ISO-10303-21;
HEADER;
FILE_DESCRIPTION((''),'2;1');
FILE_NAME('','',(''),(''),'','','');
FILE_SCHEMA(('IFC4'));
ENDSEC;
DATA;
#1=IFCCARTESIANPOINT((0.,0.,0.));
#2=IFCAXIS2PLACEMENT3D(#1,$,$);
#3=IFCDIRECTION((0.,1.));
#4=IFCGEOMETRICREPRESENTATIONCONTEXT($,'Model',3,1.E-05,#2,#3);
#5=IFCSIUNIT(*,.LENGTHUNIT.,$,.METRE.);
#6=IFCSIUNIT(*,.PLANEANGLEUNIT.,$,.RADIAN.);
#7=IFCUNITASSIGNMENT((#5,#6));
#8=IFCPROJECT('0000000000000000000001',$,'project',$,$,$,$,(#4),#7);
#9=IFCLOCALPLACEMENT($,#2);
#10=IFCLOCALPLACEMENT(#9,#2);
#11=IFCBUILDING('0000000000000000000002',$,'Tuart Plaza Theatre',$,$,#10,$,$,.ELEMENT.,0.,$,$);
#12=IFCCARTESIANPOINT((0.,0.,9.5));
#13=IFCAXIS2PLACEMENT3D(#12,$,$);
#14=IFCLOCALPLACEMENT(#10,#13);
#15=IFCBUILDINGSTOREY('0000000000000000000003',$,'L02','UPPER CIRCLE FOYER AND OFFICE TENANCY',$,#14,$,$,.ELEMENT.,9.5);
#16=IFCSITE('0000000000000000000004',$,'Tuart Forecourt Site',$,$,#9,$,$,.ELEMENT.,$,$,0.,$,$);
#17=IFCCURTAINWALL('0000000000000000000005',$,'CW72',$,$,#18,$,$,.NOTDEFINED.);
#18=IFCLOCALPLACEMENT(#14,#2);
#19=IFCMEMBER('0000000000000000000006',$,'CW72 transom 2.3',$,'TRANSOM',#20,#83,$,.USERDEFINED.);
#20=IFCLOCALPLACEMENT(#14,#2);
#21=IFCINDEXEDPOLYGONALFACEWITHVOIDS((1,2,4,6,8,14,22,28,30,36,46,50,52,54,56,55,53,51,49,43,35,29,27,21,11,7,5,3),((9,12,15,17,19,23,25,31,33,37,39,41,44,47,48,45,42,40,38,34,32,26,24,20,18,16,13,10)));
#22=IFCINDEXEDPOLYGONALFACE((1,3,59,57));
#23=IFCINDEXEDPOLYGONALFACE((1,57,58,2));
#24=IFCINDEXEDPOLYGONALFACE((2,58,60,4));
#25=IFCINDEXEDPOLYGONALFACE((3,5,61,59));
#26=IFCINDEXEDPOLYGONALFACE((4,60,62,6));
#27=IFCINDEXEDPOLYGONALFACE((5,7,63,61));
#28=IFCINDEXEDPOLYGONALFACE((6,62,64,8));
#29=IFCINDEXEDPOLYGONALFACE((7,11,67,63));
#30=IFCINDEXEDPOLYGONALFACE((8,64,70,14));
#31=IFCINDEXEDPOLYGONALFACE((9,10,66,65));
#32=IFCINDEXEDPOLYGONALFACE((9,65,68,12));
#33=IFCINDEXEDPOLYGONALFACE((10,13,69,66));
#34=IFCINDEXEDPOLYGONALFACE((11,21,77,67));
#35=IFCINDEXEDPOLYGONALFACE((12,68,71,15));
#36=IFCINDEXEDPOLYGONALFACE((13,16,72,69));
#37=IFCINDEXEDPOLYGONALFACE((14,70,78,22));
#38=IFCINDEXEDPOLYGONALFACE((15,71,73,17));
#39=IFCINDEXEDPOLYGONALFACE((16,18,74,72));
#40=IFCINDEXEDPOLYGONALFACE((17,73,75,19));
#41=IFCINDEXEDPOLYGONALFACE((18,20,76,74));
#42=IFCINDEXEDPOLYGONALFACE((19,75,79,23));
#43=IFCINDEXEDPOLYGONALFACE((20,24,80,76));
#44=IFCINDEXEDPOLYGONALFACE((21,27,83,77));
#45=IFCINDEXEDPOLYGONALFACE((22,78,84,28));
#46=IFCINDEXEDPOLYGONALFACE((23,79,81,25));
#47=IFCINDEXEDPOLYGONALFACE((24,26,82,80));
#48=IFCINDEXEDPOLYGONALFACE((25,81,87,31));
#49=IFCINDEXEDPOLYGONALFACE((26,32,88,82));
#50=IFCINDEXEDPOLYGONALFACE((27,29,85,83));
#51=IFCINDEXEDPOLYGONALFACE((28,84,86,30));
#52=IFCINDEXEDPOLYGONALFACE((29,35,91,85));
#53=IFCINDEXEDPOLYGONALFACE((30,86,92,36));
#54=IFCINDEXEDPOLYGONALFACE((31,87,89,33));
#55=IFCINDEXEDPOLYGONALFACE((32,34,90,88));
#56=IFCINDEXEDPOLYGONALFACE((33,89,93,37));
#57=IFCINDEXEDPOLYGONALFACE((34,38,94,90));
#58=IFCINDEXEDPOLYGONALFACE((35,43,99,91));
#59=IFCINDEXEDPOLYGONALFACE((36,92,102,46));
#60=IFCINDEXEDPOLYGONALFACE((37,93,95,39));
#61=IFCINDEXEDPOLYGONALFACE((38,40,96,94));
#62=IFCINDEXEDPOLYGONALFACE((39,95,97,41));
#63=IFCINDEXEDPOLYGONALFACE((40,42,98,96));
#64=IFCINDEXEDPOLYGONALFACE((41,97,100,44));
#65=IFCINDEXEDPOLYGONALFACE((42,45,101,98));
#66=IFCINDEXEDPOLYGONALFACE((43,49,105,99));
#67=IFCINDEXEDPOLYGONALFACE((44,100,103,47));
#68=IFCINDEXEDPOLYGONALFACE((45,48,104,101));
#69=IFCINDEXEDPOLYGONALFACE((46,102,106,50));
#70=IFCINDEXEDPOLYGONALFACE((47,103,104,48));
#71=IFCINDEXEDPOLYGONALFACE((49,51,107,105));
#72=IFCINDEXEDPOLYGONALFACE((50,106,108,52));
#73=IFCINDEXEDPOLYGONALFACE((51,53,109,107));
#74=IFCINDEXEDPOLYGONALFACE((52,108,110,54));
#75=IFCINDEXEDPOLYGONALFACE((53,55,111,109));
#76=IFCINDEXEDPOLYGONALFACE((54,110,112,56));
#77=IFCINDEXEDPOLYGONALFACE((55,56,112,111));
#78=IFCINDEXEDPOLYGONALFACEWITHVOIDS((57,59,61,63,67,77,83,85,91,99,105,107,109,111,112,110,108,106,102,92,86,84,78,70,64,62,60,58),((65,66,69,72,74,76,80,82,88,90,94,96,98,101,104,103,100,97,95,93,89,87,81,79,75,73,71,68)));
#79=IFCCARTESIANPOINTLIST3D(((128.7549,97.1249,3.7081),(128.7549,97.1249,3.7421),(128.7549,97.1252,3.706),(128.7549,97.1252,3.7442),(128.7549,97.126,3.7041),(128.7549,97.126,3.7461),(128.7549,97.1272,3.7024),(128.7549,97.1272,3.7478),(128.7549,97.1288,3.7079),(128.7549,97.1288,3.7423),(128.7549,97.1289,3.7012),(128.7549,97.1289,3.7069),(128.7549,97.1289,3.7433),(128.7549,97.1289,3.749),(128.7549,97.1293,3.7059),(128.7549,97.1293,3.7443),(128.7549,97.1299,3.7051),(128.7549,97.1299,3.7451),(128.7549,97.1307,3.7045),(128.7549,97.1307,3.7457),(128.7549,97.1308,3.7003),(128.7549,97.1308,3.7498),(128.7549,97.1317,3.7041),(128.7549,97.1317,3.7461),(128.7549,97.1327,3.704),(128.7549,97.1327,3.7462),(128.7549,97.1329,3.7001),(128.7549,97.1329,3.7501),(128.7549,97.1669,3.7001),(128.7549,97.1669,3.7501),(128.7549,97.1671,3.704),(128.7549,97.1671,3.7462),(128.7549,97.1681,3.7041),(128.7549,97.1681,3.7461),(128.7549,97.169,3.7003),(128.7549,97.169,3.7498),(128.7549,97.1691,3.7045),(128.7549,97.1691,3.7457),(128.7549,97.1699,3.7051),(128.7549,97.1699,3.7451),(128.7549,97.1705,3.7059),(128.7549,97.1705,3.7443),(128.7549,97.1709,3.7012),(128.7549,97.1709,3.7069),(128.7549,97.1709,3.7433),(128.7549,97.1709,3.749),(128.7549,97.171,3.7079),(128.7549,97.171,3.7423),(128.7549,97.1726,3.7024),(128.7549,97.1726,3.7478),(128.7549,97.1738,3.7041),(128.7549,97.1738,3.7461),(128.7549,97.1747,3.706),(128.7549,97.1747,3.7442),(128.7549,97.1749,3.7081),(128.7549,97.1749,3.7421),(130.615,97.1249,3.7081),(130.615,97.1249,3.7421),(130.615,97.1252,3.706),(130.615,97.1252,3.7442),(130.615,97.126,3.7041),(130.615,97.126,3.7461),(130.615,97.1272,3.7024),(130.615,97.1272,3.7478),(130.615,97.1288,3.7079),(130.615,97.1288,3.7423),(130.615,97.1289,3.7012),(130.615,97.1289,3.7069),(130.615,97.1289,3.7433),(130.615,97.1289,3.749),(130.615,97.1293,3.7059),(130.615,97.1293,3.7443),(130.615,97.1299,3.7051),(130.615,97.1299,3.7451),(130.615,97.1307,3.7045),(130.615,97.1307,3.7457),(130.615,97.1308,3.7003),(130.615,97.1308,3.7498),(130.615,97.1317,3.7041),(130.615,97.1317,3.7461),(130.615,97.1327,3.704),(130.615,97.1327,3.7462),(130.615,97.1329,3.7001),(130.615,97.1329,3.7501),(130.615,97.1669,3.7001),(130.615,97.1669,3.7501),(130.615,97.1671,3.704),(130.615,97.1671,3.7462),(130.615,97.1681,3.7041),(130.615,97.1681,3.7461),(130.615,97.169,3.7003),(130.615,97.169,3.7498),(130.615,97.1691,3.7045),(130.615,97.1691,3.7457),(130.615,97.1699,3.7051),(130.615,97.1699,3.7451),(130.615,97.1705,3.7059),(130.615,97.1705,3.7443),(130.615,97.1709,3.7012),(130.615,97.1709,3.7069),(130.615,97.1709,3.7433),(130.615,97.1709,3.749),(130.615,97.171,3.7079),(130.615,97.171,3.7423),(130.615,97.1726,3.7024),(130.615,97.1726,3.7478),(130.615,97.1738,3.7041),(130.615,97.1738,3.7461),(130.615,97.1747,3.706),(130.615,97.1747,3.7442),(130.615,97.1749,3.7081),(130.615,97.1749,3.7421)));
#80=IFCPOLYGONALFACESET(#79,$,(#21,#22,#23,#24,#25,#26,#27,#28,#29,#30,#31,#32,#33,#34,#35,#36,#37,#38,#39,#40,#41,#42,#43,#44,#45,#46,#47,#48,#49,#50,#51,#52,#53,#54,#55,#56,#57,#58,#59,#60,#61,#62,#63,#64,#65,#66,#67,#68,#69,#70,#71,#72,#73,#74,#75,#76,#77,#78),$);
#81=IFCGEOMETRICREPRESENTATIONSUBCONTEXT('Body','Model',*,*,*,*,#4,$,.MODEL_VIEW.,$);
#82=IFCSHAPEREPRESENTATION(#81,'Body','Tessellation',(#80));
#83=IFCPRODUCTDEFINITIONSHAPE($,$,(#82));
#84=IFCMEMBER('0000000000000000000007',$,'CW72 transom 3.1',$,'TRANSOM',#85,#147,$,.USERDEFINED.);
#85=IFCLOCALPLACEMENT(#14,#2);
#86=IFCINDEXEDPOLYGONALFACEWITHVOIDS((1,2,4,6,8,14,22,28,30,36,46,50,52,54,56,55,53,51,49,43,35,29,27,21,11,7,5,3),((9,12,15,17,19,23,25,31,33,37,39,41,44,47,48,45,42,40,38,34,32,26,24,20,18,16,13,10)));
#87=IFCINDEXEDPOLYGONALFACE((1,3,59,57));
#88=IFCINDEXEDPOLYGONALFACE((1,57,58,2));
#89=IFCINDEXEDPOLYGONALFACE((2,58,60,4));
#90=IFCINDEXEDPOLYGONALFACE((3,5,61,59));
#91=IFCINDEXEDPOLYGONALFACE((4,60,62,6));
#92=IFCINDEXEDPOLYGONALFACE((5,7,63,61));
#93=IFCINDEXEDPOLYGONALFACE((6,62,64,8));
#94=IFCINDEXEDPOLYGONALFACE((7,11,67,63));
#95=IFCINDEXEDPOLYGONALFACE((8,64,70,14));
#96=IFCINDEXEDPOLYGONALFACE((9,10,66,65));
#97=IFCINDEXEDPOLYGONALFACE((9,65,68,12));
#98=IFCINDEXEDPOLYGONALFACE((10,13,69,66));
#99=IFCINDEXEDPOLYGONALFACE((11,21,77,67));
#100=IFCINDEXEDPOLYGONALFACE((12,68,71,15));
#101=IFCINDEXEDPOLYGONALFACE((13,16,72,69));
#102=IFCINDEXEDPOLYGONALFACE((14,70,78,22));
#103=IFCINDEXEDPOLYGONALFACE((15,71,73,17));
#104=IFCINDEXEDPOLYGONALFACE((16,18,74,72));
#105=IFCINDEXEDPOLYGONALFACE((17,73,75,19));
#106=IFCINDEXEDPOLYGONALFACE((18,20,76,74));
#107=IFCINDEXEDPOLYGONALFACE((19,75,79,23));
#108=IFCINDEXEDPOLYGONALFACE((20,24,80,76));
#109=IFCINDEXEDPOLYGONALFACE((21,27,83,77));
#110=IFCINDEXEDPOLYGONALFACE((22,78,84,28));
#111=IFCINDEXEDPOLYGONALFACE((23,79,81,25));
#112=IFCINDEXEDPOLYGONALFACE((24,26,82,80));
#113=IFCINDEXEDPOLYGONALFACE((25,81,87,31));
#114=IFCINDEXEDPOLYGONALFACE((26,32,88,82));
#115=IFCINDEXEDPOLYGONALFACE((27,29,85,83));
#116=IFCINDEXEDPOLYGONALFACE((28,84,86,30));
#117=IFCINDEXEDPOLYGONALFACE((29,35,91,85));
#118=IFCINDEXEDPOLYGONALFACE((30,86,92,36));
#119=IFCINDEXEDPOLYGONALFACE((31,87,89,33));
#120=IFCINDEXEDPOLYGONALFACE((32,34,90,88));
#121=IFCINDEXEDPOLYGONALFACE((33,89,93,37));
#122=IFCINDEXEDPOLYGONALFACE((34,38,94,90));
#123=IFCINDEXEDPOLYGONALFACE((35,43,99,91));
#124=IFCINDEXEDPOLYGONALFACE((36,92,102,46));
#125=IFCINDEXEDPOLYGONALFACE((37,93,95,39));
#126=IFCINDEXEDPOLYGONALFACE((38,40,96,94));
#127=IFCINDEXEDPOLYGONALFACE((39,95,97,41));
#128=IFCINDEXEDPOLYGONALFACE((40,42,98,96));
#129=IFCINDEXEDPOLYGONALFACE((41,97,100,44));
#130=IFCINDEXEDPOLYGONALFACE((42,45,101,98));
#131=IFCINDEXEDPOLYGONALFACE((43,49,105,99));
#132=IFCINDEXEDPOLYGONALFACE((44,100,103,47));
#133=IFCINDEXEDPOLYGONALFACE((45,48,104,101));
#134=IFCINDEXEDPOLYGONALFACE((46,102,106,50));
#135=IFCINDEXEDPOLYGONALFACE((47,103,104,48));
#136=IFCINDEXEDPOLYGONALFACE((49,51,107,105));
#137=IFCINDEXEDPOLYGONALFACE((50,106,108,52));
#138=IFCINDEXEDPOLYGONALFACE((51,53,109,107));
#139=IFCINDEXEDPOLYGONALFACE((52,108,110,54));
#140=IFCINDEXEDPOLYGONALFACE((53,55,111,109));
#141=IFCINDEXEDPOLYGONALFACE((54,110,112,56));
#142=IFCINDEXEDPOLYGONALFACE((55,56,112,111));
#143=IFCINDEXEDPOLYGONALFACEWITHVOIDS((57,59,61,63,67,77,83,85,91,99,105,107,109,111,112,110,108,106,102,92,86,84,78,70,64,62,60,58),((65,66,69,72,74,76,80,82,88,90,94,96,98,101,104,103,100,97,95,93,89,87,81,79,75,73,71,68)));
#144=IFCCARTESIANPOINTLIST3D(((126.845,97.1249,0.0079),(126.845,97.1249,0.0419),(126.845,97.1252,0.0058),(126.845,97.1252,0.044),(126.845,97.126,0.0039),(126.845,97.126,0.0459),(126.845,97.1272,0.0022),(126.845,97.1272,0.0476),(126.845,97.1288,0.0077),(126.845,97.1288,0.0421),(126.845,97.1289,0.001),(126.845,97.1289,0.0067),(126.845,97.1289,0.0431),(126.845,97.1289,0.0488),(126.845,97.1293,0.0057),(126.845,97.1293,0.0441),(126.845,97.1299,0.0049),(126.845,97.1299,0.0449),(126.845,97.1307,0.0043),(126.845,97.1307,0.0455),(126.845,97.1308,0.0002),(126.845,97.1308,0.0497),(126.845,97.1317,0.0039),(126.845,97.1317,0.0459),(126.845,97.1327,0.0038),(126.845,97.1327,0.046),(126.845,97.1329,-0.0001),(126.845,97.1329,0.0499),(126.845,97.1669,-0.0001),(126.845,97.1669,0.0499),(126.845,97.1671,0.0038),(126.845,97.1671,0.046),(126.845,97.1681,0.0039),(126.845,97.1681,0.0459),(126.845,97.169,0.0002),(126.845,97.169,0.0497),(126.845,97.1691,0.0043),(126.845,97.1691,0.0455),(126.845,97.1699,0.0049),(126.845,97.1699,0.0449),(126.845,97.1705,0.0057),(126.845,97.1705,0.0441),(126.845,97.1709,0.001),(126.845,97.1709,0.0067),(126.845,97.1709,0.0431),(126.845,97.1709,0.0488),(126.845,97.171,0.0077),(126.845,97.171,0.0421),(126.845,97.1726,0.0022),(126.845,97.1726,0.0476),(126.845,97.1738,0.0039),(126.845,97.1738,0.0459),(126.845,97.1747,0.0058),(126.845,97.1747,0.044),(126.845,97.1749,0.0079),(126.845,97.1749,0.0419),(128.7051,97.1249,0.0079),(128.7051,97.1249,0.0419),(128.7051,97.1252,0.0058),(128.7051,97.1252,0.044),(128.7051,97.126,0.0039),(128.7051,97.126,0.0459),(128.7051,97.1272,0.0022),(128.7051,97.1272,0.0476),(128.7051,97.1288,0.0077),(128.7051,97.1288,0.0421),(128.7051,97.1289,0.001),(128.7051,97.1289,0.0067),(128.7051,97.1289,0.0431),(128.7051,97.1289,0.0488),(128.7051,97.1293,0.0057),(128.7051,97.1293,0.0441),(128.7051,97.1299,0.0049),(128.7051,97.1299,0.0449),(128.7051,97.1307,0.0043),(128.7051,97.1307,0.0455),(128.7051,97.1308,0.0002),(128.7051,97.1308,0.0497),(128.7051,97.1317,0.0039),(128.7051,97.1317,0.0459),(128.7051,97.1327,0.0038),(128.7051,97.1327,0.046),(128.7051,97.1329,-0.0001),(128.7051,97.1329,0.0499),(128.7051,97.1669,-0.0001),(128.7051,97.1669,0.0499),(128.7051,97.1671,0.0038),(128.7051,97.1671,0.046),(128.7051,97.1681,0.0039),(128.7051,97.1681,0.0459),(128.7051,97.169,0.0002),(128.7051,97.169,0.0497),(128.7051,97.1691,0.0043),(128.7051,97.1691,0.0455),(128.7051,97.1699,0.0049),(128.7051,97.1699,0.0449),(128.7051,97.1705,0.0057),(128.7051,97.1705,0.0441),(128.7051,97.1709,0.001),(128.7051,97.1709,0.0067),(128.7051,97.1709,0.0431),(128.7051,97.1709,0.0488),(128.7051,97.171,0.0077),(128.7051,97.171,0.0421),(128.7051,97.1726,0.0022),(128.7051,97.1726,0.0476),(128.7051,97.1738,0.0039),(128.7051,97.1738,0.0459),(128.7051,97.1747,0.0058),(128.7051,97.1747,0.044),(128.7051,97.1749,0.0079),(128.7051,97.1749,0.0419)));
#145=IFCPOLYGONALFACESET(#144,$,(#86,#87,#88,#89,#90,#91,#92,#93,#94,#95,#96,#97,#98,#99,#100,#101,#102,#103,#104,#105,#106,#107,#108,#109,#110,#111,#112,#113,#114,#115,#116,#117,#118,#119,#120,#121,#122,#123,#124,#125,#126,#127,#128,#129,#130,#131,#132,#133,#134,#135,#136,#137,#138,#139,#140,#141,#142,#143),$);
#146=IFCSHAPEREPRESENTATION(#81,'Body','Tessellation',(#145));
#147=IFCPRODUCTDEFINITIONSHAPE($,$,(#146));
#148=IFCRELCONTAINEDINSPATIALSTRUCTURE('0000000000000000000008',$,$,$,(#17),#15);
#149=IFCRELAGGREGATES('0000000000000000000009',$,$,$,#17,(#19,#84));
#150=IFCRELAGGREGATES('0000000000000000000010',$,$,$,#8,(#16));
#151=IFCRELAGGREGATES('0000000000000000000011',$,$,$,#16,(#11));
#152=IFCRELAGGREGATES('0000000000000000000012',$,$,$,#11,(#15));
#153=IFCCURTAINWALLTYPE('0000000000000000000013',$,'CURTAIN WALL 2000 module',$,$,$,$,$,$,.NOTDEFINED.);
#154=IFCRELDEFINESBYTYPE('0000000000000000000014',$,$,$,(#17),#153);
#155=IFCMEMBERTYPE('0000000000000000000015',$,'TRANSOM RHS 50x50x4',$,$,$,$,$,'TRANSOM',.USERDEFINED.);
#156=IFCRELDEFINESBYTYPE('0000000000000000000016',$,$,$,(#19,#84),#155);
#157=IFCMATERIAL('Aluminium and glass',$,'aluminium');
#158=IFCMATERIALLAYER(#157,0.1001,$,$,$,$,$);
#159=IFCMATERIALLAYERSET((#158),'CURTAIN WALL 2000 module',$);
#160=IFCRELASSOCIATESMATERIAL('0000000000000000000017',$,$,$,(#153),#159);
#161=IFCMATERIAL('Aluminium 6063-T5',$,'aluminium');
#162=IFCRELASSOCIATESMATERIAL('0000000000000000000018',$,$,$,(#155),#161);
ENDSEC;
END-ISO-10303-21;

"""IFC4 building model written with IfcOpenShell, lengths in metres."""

from ifc_helpers import new_model, si_unit, direction, frame, origin, origin_2d, place, context, subcontext, project, spatial, hollow_rectangle, extrude, material, layer, layer_set, material_profile, profile_set, type_object, element, aggregate, save


model = new_model("IFC4")

# Units and contexts
model_context = context("Model", 3, precision=1e-05, world=origin(), true_north=direction((0.0, 1.0)))
body_context = subcontext(model_context, "Body", "Model", "MODEL_VIEW")
ifc_project = project(units=[si_unit("LENGTHUNIT", "METRE"), si_unit("PLANEANGLEUNIT", "RADIAN")], contexts=[model_context])

# Site, building, storey
site_placement = place(None, origin())
site = spatial("IfcSite", under=ifc_project, at=site_placement, Name="Tuart Forecourt Site", CompositionType="ELEMENT", RefElevation=0.0)
building_placement = place(site_placement, origin())
building = spatial("IfcBuilding", under=site, at=building_placement, Name="Tuart Plaza Theatre", CompositionType="ELEMENT", ElevationOfRefHeight=0.0)
storey_placement = place(building_placement, frame((0.0, 0.0, 9.5)))
storey = spatial("IfcBuildingStorey", under=building, at=storey_placement, Name="L02", Description="UPPER CIRCLE FOYER AND OFFICE TENANCY", CompositionType="ELEMENT", Elevation=9.5)

# Curtain wall, members
ifc_material_1 = material(Name="Aluminium and glass", Category="aluminium")
ifc_layer_1 = layer(ifc_material_1, 0.1001)
ifc_layer_set_1 = layer_set([ifc_layer_1], Name="CURTAIN WALL 2000 module")
curtain_wall_type = type_object("IfcCurtainWallType", Name="CURTAIN WALL 2000 module", PredefinedType="NOTDEFINED", material=ifc_layer_set_1)
curtain_wall_placement = place(storey_placement, origin())
curtain_wall = element("IfcCurtainWall", 1, at=curtain_wall_placement, inside=storey, type_object=curtain_wall_type, Name="CW72", PredefinedType="NOTDEFINED")
ifc_material_2 = material(Name="Aluminium 6063-T5", Category="aluminium")
ifc_material_profile_1 = material_profile(ifc_material_2, hollow_rectangle(XDim=0.05, YDim=0.05, WallThickness=0.0039, InnerFilletRadius=0.0039, OuterFilletRadius=0.0081, at=origin_2d()), Name="RHS 50x50x4")
ifc_profile_set_1 = profile_set([ifc_material_profile_1], Name="Aluminium 6063-T5")
member_type_1 = type_object("IfcMemberType", Name="TRANSOM RHS 50x50x4", ElementType="TRANSOM", PredefinedType="USERDEFINED", material=ifc_profile_set_1)
member_1_placement = place(storey_placement, frame((130.615, 97.1499, 3.7251), z_axis=(-1.0, 0.0, 0.0), x_axis=(0.0, -1.0, 0.0)))
member_1 = element("IfcMember", 2, at=member_1_placement, type_object=member_type_1, Name="CW72 transom 2.3", ObjectType="TRANSOM", PredefinedType="USERDEFINED", context=body_context, shape_type="SweptSolid", body=[
    extrude(hollow_rectangle(XDim=0.05, YDim=0.05, WallThickness=0.0039, InnerFilletRadius=0.0039, OuterFilletRadius=0.0081, at=origin_2d()), origin(), (0.0, 0.0, 1.0), 1.8601),
])
member_2_placement = place(storey_placement, frame((128.7051, 97.1499, 0.0249), z_axis=(-1.0, 0.0, 0.0), x_axis=(0.0, -1.0, 0.0)))
member_2 = element("IfcMember", 3, at=member_2_placement, type_object=member_type_1, Name="CW72 transom 3.1", ObjectType="TRANSOM", PredefinedType="USERDEFINED", context=body_context, shape_type="SweptSolid", body=[
    extrude(hollow_rectangle(XDim=0.05, YDim=0.05, WallThickness=0.0039, InnerFilletRadius=0.0039, OuterFilletRadius=0.0081, at=origin_2d()), origin(), (0.0, 0.0, 1.0), 1.8601),
])
aggregate(curtain_wall, [member_1, member_2])

save(model, "model.ifc")
